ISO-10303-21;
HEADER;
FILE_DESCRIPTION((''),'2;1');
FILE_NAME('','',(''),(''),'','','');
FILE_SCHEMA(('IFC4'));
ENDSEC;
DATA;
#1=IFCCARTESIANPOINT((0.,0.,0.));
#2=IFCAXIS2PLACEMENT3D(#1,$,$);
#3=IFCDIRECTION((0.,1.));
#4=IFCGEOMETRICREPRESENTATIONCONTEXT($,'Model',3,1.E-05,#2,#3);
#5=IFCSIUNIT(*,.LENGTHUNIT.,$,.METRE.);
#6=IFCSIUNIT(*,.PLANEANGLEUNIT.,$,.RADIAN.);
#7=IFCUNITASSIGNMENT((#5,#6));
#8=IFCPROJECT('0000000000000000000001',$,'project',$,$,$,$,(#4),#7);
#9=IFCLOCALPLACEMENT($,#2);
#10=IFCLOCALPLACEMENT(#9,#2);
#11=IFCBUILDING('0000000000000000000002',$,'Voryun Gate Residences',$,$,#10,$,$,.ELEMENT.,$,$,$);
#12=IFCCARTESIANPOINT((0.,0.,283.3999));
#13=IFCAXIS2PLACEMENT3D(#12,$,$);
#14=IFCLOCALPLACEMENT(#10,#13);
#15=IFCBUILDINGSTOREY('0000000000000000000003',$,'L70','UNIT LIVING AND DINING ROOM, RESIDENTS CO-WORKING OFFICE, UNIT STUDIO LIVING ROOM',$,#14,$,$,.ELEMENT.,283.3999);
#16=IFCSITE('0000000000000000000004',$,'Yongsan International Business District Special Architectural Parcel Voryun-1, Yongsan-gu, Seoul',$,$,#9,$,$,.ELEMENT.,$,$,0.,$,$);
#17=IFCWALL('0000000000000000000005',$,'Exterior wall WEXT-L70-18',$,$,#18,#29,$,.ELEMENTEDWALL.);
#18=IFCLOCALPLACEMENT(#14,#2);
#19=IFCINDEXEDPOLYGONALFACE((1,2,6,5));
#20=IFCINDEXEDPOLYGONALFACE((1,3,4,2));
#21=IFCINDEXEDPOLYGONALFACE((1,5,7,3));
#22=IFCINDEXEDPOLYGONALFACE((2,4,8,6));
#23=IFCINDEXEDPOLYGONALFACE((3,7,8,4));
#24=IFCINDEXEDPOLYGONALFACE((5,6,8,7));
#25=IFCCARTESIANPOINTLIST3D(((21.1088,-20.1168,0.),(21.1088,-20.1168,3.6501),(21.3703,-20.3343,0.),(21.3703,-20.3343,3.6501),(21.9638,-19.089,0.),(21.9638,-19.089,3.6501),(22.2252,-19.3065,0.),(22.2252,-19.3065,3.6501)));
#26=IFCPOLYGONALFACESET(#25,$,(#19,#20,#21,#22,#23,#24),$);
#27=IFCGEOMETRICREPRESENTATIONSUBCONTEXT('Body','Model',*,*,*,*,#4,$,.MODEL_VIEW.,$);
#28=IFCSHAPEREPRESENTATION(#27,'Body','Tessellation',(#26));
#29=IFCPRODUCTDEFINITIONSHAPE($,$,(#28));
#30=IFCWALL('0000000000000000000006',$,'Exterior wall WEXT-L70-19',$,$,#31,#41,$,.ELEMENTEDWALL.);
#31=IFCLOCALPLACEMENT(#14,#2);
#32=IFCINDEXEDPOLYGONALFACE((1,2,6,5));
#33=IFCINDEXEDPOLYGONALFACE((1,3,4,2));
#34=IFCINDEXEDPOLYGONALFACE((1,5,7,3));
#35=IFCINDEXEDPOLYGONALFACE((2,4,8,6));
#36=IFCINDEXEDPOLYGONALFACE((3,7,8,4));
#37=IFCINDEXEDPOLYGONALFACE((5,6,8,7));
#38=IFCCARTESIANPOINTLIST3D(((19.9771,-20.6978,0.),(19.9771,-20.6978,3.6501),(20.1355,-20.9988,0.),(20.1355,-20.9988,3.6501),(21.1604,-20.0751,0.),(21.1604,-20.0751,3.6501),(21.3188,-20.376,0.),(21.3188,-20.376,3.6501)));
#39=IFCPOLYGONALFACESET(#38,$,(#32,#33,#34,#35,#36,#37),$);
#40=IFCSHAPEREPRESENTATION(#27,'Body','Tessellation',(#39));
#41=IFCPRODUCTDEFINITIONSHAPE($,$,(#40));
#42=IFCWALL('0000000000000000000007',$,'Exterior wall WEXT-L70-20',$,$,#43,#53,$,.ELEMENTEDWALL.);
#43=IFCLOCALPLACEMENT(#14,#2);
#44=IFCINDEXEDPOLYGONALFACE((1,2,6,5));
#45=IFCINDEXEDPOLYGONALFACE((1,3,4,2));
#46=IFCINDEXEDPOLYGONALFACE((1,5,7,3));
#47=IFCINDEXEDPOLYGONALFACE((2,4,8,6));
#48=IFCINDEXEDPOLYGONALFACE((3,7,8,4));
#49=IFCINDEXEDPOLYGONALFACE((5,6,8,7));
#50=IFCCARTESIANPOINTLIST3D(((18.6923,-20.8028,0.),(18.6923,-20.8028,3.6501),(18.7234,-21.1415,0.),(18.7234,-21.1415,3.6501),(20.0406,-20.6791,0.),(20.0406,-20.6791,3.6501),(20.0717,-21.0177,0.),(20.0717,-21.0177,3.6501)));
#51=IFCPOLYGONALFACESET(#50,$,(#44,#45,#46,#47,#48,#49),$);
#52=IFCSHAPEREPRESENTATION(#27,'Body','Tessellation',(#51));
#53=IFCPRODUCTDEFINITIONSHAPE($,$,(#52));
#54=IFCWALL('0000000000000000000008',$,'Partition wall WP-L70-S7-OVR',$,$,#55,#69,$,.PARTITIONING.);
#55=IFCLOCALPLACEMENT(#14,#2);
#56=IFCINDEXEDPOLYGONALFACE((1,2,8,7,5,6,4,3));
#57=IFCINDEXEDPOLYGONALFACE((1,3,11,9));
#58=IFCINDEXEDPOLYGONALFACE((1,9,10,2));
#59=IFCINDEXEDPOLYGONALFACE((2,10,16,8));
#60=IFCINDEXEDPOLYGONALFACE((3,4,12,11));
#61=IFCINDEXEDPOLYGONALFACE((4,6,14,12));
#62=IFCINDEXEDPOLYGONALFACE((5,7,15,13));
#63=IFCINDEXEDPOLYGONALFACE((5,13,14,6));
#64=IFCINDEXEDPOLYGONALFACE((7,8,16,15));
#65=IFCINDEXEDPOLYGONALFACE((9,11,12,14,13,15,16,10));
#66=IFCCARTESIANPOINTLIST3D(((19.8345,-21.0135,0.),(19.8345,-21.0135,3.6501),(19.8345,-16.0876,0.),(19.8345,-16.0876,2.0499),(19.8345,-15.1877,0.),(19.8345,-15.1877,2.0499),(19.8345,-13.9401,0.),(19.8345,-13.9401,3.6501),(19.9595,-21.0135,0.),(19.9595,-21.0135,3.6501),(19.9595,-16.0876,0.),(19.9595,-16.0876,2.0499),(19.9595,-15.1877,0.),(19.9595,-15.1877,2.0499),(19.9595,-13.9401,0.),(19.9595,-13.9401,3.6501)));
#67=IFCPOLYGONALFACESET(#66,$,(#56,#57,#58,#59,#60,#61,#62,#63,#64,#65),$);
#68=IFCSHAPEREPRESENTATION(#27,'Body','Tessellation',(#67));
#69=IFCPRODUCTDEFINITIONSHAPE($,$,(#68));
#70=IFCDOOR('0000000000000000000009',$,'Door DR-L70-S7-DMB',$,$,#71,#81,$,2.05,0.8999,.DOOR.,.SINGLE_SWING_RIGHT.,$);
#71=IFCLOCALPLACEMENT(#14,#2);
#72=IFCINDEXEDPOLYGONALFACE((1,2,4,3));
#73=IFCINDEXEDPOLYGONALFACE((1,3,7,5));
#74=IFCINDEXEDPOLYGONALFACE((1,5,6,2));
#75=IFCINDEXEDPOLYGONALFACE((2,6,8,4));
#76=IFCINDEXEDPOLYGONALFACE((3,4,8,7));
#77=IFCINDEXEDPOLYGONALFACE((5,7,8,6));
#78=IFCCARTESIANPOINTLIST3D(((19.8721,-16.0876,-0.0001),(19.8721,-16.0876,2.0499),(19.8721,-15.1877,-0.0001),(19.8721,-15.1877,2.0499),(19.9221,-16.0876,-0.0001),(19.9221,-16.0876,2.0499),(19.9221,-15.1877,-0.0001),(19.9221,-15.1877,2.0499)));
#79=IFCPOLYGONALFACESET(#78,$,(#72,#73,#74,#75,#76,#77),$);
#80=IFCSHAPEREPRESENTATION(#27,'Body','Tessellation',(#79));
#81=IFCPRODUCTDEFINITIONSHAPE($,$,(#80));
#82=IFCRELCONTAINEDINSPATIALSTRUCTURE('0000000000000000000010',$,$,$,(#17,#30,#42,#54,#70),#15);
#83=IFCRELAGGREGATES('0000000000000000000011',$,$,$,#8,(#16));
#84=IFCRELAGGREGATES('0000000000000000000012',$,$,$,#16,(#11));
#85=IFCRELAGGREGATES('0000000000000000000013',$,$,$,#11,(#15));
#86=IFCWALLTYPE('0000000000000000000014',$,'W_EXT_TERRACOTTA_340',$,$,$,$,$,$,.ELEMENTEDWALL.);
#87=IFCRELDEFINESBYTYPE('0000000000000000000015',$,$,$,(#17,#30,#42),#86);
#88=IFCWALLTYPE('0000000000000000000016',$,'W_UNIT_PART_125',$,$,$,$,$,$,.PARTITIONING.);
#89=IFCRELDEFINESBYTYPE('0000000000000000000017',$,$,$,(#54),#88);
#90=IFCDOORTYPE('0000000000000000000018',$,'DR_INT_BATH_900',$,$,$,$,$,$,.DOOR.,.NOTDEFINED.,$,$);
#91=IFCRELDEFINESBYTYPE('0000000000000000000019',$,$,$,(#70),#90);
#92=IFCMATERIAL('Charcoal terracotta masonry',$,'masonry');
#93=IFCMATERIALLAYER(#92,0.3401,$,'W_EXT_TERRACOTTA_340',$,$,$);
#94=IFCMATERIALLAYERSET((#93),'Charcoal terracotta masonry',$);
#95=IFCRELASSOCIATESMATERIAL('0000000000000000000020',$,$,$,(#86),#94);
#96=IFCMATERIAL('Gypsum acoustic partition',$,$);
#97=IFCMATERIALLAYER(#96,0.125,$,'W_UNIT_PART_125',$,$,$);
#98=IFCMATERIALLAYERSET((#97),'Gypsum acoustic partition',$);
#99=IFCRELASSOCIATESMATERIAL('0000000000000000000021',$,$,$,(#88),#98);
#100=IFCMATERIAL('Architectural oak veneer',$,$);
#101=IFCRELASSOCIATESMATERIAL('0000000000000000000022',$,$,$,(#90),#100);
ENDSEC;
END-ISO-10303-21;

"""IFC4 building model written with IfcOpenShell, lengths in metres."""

from ifc_helpers import new_model, si_unit, direction, frame, frame_2d, origin, place, context, subcontext, project, spatial, rectangle, extrude, material, layer, layer_set, type_object, element, fill, save


model = new_model("IFC4")

# Units and contexts
model_context = context("Model", 3, precision=1e-05, world=origin(), true_north=direction((0.0, 1.0)))
body_context = subcontext(model_context, "Body", "Model", "MODEL_VIEW")
ifc_project = project(units=[si_unit("LENGTHUNIT", "METRE"), si_unit("PLANEANGLEUNIT", "RADIAN")], contexts=[model_context])

# Site, building, storey
site_placement = place(None, origin())
site = spatial("IfcSite", under=ifc_project, at=site_placement, Name="Yongsan International Business District Special Architectural Parcel Voryun-1, Yongsan-gu, Seoul", CompositionType="ELEMENT", RefElevation=0.0)
building_placement = place(site_placement, origin())
building = spatial("IfcBuilding", under=site, at=building_placement, Name="Voryun Gate Residences", CompositionType="ELEMENT")
storey_placement = place(building_placement, frame((0.0, 0.0, 283.3999)))
storey = spatial("IfcBuildingStorey", under=building, at=storey_placement, Name="L70", Description="UNIT LIVING AND DINING ROOM, RESIDENTS CO-WORKING OFFICE, UNIT STUDIO LIVING ROOM", CompositionType="ELEMENT", Elevation=283.3999)

# Shared definitions
ifc_material_1 = material(Name="Charcoal terracotta masonry", Category="masonry")
ifc_layer_1 = layer(ifc_material_1, 0.3401, Name="W_EXT_TERRACOTTA_340")
ifc_layer_set_1 = layer_set([ifc_layer_1], Name="Charcoal terracotta masonry")
wall_type_1 = type_object("IfcWallType", Name="W_EXT_TERRACOTTA_340", PredefinedType="ELEMENTEDWALL", material=ifc_layer_set_1)

# Walls
wall_1_placement = place(storey_placement, frame((22.0945, -19.1978, 0.0), z_axis=(0.0, 0.0, 1.0), x_axis=(-0.639502, -0.76879, 0.0)))
element("IfcWall", 1, at=wall_1_placement, inside=storey, type_object=wall_type_1, Name="Exterior wall WEXT-L70-18", PredefinedType="ELEMENTEDWALL", context=body_context, shape_type="SweptSolid", body=[
    extrude(rectangle(XDim=1.3369, YDim=0.3401, at=frame_2d((0.6685, 0.0))), origin(), (0.0, 0.0, 1.0), 3.6501),
])
wall_2_placement = place(storey_placement, frame((21.2395, -20.2256, 0.0), z_axis=(0.0, 0.0, 1.0), x_axis=(-0.884922, -0.465739, 0.0)))
element("IfcWall", 2, at=wall_2_placement, inside=storey, type_object=wall_type_1, Name="Exterior wall WEXT-L70-19", PredefinedType="ELEMENTEDWALL", context=body_context, shape_type="SweptSolid", body=[
    extrude(rectangle(XDim=1.3372, YDim=0.3401, at=frame_2d((0.6685, 0.0))), origin(), (0.0, 0.0, 1.0), 3.6501),
])
wall_3_placement = place(storey_placement, frame((20.0562, -20.8484, 0.0), z_axis=(0.0, 0.0, 1.0), x_axis=(-0.995813, -0.091414, 0.0)))
element("IfcWall", 3, at=wall_3_placement, inside=storey, type_object=wall_type_1, Name="Exterior wall WEXT-L70-20", PredefinedType="ELEMENTEDWALL", context=body_context, shape_type="SweptSolid", body=[
    extrude(rectangle(XDim=1.354, YDim=0.3401, at=frame_2d((0.677, 0.0))), origin(), (0.0, 0.0, 1.0), 3.6501),
])

# Wall, opening, door
ifc_material_2 = material(Name="Gypsum acoustic partition")
ifc_layer_2 = layer(ifc_material_2, 0.125, Name="W_UNIT_PART_125")
ifc_layer_set_2 = layer_set([ifc_layer_2], Name="Gypsum acoustic partition")
wall_type_2 = type_object("IfcWallType", Name="W_UNIT_PART_125", PredefinedType="PARTITIONING", material=ifc_layer_set_2)
wall_4_placement = place(storey_placement, frame((19.897, -21.0134, 0.0), z_axis=(0.0, 0.0, 1.0), x_axis=(0.0, 1.0, 0.0)))
wall_4 = element("IfcWall", 4, at=wall_4_placement, inside=storey, type_object=wall_type_2, Name="Partition wall WP-L70-S7-OVR", PredefinedType="PARTITIONING", context=body_context, shape_type="SweptSolid", body=[
    extrude(rectangle(XDim=7.0735, YDim=0.125, at=frame_2d((3.5366, 0.0))), origin(), (0.0, 0.0, 1.0), 3.6501),
])
opening_1_placement = place(wall_4_placement, frame((4.9258, 0.0, 0.0)))
opening_1 = element("IfcOpeningElement", 5, at=opening_1_placement, cuts=wall_4, PredefinedType="OPENING", context=body_context, shape_type="SweptSolid", body=[
    extrude(rectangle(XDim=0.8999, YDim=2.05, at=frame_2d((0.45, 1.0249))), frame((0.0, 0.0725, 0.0), z_axis=(0.0, -1.0, 0.0), x_axis=(1.0, 0.0, 0.0)), (0.0, 0.0, 1.0), 0.145),
])
ifc_material_3 = material(Name="Architectural oak veneer")
door_type = type_object("IfcDoorType", Name="DR_INT_BATH_900", OperationType="NOTDEFINED", PredefinedType="DOOR", material=ifc_material_3)
door_placement = place(opening_1_placement, origin())
door = element("IfcDoor", 6, at=door_placement, inside=storey, type_object=door_type, Name="Door DR-L70-S7-DMB", OperationType="SINGLE_SWING_RIGHT", OverallHeight=2.05, OverallWidth=0.8999, PredefinedType="DOOR", context=body_context, shape_type="SweptSolid", body=[
    extrude(rectangle(XDim=0.8999, YDim=2.05, at=frame_2d((0.45, 1.0249))), frame((0.0, 0.0249, 0.0), z_axis=(0.0, -1.0, 0.0), x_axis=(1.0, 0.0, 0.0)), (0.0, 0.0, 1.0), 0.05),
])
fill(opening_1, door)

save(model, "model.ifc")
